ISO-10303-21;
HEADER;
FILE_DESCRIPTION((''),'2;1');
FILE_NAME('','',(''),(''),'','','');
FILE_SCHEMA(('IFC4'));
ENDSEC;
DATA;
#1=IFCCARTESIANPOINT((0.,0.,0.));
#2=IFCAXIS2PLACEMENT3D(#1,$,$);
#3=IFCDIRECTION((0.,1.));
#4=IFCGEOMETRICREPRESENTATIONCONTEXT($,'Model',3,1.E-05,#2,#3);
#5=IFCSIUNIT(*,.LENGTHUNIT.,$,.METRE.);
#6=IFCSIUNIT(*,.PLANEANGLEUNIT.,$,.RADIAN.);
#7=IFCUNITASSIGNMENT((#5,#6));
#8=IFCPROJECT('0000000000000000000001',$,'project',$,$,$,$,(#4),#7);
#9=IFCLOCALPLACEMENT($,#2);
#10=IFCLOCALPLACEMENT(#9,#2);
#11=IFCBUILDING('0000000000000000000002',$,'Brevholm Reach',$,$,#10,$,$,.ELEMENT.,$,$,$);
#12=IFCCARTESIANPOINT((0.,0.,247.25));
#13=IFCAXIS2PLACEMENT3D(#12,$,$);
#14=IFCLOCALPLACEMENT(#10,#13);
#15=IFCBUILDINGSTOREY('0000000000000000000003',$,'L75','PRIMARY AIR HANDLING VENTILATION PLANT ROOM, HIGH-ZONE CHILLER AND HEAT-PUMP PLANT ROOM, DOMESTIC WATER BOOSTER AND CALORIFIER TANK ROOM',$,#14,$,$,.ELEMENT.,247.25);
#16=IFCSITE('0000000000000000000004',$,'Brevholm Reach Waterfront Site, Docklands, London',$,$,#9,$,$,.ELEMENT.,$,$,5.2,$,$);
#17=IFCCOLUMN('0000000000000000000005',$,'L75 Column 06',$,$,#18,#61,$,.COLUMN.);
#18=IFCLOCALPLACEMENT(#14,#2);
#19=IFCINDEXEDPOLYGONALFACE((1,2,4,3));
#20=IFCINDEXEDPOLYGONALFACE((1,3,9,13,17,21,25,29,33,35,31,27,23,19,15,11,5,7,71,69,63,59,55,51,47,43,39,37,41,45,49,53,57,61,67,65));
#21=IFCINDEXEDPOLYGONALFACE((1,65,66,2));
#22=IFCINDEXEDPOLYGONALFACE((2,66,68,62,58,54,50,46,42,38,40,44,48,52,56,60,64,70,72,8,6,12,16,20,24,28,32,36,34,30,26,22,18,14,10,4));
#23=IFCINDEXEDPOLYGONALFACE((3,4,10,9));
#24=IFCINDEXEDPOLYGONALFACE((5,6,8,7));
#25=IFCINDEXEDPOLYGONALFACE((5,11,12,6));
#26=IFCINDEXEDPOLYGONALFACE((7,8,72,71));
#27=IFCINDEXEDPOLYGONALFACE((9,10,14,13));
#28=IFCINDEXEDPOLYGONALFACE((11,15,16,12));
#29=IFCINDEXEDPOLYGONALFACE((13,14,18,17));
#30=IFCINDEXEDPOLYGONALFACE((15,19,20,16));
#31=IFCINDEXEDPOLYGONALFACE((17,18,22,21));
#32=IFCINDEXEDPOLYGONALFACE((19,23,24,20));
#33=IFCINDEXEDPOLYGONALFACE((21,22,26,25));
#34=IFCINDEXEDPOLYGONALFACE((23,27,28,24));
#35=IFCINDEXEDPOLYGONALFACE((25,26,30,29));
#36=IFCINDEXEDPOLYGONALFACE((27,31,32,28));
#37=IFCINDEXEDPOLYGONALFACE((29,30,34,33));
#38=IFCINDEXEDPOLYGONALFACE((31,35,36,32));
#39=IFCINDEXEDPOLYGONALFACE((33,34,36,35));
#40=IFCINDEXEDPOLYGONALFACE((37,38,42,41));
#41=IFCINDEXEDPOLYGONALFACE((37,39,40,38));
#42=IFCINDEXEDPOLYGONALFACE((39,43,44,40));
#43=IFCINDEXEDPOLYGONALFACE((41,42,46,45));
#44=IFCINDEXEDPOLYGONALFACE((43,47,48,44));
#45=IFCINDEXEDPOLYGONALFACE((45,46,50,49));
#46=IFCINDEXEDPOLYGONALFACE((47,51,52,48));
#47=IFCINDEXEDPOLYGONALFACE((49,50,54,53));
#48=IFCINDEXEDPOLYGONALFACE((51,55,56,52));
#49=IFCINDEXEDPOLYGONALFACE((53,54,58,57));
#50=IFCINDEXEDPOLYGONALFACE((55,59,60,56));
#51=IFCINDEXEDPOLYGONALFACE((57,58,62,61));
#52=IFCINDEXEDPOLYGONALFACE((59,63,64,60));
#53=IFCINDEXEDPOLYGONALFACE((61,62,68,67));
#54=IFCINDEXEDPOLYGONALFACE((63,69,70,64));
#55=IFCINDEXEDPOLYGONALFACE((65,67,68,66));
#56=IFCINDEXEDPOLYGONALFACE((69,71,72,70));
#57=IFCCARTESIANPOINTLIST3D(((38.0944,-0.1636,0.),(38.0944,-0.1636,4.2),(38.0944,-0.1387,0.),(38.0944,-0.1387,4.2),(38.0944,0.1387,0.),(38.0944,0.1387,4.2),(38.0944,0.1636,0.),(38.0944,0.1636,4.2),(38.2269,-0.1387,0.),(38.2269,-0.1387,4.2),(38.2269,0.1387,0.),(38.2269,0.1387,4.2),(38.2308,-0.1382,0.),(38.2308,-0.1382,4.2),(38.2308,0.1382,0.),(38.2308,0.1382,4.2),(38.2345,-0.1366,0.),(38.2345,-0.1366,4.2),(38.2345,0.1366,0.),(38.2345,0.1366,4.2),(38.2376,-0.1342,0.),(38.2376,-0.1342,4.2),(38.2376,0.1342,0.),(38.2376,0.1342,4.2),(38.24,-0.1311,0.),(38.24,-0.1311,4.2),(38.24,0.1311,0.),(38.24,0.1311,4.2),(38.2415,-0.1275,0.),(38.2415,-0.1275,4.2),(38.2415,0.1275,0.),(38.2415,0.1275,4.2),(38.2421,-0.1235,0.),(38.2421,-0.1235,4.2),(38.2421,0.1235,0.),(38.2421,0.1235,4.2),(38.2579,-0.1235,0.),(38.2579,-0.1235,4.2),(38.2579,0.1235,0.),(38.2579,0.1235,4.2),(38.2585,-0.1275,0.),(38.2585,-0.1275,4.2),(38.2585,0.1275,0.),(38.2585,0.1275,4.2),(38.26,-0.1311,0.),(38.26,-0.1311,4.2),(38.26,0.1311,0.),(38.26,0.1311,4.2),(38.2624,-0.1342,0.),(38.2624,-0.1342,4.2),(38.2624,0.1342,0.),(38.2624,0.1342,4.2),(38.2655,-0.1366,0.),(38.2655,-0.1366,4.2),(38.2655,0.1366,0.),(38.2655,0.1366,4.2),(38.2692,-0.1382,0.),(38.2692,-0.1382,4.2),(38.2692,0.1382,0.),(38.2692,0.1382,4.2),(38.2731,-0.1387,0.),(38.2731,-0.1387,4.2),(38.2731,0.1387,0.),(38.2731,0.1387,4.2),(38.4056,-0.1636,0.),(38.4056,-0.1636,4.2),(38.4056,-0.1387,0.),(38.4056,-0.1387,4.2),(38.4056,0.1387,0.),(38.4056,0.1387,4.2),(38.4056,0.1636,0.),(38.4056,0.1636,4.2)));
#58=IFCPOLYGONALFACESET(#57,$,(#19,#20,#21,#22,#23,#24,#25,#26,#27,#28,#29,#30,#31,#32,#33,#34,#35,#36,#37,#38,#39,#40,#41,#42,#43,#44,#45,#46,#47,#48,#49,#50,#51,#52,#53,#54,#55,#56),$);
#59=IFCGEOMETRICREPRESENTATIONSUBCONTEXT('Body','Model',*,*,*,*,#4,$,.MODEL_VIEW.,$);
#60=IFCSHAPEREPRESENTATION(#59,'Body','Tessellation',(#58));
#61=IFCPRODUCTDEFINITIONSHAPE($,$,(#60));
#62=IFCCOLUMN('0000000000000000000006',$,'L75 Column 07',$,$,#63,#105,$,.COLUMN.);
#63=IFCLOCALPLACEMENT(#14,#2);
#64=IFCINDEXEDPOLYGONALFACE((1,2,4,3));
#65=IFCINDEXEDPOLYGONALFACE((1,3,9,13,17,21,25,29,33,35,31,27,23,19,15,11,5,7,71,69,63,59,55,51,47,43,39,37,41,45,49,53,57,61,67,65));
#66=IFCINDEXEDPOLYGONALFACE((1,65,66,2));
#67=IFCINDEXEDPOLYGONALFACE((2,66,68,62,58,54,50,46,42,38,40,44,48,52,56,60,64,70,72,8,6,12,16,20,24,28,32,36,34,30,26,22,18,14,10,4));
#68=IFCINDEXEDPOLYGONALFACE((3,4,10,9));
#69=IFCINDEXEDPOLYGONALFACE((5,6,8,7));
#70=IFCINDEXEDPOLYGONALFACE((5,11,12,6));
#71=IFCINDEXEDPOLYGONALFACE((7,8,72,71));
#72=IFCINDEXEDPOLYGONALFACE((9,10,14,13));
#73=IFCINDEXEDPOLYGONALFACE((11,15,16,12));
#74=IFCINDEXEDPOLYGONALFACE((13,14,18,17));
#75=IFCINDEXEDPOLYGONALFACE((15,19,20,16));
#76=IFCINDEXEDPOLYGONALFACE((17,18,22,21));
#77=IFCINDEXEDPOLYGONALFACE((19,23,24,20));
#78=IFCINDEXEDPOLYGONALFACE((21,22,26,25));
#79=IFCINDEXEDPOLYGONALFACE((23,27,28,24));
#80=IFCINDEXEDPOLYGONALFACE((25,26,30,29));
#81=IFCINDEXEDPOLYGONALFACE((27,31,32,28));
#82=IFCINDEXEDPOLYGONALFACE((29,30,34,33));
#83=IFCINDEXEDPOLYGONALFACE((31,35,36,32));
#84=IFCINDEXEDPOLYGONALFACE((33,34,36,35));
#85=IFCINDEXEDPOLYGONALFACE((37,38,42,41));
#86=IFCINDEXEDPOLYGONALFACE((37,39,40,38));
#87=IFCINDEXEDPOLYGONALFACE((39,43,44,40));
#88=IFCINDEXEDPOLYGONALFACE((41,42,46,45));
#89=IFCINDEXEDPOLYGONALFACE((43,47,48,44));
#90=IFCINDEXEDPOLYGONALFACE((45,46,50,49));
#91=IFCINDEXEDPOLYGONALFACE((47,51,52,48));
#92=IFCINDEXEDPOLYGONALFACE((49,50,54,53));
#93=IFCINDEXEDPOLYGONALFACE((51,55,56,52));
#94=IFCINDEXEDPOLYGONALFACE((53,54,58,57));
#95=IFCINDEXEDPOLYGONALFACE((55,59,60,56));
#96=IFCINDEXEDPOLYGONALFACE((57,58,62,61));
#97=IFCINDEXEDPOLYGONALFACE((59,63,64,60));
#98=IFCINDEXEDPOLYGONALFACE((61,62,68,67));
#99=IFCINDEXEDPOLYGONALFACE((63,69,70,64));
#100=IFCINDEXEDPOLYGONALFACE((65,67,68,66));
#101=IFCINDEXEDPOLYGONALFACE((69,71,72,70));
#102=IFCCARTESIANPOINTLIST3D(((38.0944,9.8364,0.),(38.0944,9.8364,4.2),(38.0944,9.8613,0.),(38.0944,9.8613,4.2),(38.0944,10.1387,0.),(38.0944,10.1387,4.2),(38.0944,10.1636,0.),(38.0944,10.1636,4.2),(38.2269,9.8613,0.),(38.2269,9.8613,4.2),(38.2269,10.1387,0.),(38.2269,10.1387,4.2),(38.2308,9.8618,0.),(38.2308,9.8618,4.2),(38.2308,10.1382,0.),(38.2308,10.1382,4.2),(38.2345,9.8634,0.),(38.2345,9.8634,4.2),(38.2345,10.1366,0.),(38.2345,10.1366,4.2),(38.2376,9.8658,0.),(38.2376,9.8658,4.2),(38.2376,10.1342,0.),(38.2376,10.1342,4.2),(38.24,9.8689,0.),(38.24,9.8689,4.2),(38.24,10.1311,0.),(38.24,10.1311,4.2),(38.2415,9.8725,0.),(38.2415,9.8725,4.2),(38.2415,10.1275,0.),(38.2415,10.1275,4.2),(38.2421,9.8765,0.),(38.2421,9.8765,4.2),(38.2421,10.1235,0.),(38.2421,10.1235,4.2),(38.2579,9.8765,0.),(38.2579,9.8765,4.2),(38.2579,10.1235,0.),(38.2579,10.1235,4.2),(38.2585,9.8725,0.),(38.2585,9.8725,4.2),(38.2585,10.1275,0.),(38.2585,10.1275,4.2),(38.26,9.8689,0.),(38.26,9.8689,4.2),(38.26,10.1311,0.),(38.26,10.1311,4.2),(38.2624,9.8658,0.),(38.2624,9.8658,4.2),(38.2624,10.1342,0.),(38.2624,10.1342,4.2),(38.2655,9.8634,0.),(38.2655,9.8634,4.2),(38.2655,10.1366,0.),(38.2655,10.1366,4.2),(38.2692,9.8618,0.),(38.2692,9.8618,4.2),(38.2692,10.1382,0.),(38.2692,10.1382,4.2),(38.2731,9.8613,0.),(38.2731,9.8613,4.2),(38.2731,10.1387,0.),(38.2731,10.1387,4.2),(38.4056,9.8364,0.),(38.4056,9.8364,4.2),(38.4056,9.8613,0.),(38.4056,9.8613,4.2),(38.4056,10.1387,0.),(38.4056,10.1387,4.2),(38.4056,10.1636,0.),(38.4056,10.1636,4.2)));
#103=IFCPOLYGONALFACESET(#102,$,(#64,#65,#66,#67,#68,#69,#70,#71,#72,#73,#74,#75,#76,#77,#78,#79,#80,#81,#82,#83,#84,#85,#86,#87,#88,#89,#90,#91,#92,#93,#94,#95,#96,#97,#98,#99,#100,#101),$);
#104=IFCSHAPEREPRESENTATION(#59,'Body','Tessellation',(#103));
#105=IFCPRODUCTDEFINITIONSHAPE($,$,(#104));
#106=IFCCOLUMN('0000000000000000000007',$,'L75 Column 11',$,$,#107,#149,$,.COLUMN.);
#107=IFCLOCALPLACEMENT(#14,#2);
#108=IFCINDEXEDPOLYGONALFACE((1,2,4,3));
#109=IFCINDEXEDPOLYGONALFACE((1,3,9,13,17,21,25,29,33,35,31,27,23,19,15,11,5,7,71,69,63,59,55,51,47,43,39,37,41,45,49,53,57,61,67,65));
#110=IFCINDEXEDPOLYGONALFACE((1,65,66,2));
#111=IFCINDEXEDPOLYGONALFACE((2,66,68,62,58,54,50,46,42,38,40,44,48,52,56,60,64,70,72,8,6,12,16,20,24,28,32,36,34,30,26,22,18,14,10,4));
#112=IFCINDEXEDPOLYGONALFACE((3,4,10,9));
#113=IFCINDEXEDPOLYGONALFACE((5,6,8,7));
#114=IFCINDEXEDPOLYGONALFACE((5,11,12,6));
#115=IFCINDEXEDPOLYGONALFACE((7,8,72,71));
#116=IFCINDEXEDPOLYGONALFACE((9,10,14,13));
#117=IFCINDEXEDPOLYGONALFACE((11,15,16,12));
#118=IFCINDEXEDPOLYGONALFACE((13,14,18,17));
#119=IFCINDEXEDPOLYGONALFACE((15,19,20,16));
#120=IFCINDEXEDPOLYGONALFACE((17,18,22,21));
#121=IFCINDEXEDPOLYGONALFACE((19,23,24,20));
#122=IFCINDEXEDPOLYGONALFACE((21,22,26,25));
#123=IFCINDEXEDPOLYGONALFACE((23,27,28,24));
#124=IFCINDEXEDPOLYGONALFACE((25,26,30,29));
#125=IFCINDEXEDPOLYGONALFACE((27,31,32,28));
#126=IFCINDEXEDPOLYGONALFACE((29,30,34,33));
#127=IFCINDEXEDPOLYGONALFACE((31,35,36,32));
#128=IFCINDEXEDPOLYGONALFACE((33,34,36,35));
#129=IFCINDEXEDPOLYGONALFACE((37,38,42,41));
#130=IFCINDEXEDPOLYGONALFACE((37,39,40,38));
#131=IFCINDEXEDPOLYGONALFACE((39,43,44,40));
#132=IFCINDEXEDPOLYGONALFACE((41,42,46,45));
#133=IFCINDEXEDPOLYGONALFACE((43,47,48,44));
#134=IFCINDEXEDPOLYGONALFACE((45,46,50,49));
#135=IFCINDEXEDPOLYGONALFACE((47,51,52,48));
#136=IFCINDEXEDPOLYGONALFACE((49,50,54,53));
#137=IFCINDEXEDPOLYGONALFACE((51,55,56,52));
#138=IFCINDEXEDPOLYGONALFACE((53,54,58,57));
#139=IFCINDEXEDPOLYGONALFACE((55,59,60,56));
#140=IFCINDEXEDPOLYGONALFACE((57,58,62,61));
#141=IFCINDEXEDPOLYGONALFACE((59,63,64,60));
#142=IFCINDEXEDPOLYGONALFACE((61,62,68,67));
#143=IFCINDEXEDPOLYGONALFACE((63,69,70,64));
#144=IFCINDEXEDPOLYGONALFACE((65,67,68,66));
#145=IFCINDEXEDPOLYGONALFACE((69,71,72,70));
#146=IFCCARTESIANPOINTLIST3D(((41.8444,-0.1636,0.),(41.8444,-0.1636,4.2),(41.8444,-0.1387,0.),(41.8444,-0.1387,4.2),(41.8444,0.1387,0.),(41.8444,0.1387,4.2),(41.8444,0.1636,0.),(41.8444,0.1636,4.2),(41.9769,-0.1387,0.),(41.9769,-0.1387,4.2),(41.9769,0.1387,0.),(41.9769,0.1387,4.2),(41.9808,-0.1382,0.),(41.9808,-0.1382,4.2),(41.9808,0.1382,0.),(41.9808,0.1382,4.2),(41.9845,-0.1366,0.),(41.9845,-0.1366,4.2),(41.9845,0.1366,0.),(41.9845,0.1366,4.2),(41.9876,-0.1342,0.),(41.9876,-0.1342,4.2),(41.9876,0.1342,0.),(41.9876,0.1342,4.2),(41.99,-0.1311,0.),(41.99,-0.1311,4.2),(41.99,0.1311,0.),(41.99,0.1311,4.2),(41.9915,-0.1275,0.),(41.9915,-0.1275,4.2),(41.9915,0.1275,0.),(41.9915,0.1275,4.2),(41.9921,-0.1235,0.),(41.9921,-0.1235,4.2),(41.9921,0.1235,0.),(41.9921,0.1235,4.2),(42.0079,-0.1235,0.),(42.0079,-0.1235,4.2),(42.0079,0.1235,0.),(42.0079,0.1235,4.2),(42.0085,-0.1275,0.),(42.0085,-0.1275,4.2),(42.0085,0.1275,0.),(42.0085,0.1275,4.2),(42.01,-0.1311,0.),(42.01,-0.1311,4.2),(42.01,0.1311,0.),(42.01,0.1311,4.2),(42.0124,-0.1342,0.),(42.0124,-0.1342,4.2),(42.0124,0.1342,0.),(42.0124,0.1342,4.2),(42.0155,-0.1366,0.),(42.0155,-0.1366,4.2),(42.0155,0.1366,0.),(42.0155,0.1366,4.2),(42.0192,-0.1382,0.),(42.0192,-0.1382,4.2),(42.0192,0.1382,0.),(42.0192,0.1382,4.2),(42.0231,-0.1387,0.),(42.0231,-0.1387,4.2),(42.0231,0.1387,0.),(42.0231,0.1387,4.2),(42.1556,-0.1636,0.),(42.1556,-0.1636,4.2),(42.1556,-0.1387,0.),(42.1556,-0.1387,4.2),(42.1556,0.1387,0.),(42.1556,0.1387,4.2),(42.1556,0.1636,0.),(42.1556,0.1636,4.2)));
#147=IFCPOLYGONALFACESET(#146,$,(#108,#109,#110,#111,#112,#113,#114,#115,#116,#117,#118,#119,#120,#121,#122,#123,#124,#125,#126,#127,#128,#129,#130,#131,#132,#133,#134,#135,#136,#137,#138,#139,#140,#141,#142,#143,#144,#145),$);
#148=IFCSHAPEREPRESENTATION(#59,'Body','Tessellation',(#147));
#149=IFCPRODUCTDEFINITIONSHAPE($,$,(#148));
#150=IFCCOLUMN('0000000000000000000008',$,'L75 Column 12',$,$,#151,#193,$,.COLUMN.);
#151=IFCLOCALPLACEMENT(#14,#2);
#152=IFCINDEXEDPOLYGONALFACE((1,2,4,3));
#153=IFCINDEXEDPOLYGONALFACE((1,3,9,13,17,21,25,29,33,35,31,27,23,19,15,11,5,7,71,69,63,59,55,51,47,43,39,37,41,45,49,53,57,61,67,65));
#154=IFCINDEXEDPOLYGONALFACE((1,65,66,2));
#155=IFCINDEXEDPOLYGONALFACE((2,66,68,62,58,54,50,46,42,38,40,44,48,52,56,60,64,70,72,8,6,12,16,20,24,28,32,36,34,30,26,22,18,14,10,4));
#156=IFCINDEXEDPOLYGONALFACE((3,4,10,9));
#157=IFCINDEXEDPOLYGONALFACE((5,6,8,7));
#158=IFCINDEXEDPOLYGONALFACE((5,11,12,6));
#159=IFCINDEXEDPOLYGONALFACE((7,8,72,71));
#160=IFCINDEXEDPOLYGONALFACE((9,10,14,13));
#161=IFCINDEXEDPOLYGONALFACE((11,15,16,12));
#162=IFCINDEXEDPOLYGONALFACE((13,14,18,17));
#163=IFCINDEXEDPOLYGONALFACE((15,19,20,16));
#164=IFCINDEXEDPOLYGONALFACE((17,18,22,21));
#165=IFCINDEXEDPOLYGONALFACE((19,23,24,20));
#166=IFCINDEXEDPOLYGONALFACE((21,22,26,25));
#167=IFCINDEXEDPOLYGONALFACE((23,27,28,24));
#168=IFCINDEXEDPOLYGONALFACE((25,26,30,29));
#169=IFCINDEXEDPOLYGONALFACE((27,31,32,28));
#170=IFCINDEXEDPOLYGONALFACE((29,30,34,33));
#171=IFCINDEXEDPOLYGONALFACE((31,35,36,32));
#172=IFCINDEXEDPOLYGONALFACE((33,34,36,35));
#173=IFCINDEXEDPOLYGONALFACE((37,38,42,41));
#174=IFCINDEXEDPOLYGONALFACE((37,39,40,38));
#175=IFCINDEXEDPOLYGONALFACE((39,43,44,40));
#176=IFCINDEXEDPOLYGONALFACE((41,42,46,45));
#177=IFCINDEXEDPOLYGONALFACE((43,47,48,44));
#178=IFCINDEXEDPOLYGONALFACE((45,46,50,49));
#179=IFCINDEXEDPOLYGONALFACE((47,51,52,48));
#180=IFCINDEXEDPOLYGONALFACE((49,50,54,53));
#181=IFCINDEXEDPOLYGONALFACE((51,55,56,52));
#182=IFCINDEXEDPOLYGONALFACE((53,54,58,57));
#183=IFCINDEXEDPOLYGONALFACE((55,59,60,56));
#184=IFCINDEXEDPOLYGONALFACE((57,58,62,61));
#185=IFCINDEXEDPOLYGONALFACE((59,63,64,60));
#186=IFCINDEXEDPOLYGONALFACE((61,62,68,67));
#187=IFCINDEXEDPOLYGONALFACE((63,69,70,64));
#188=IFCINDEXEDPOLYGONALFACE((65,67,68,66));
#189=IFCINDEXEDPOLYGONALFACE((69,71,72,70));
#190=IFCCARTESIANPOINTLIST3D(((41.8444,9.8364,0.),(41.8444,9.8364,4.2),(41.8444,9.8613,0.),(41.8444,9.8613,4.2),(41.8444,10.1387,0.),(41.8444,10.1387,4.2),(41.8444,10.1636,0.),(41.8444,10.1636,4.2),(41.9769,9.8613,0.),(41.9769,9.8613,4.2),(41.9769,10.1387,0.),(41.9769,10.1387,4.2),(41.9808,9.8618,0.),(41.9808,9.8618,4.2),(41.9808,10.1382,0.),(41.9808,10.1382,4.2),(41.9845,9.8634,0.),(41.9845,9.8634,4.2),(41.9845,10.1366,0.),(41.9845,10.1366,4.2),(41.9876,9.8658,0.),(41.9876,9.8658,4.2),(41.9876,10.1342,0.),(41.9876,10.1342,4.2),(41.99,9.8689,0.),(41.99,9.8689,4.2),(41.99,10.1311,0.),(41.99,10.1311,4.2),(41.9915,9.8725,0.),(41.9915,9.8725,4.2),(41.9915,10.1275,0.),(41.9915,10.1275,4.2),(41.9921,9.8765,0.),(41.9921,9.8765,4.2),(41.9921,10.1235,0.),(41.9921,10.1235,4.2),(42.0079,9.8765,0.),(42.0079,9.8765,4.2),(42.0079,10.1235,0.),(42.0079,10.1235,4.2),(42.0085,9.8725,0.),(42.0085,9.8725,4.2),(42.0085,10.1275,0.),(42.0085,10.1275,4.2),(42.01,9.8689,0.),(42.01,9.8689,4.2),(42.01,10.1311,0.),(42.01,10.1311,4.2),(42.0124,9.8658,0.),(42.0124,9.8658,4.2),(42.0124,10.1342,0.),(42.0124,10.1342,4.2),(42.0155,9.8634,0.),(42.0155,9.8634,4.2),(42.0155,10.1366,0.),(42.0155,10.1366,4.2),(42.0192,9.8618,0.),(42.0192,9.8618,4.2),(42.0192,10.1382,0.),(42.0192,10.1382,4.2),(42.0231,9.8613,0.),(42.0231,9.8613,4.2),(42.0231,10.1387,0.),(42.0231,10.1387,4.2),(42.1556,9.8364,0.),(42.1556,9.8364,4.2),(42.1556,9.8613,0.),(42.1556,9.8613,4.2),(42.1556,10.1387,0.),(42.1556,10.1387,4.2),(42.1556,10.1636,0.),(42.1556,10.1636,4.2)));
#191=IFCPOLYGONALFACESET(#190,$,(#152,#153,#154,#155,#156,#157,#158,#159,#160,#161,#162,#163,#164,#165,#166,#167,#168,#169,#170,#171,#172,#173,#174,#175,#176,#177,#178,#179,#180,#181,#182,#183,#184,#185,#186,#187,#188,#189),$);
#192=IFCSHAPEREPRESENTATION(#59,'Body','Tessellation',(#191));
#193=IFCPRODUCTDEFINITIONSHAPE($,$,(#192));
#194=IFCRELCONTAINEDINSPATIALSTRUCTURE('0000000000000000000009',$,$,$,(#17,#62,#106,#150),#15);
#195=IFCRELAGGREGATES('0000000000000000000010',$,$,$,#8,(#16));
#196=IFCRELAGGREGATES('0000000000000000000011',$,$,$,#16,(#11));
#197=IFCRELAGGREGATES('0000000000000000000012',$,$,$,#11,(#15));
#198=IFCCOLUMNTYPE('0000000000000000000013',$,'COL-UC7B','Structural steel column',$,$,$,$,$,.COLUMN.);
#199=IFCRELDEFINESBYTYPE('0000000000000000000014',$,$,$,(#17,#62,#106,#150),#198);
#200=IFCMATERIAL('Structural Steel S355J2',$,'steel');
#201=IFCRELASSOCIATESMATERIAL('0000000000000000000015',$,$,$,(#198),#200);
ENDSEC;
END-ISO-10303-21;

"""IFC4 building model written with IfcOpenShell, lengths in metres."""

from ifc_helpers import new_model, si_unit, direction, frame, origin, origin_2d, place, context, subcontext, project, spatial, i_section, extrude, material, material_profile, profile_set, type_object, element, save


model = new_model("IFC4")

# Units and contexts
model_context = context("Model", 3, precision=1e-05, world=origin(), true_north=direction((0.0, 1.0)))
body_context = subcontext(model_context, "Body", "Model", "MODEL_VIEW")
ifc_project = project(units=[si_unit("LENGTHUNIT", "METRE"), si_unit("PLANEANGLEUNIT", "RADIAN")], contexts=[model_context])

# Site, building, storey
site_placement = place(None, origin())
site = spatial("IfcSite", under=ifc_project, at=site_placement, Name="Brevholm Reach Waterfront Site, Docklands, London", CompositionType="ELEMENT", RefElevation=5.2)
building_placement = place(site_placement, origin())
building = spatial("IfcBuilding", under=site, at=building_placement, Name="Brevholm Reach", CompositionType="ELEMENT")
storey_placement = place(building_placement, frame((0.0, 0.0, 247.25)))
storey = spatial("IfcBuildingStorey", under=building, at=storey_placement, Name="L75", Description="PRIMARY AIR HANDLING VENTILATION PLANT ROOM, HIGH-ZONE CHILLER AND HEAT-PUMP PLANT ROOM, DOMESTIC WATER BOOSTER AND CALORIFIER TANK ROOM", CompositionType="ELEMENT", Elevation=247.25)

# Columns
ifc_material_1 = material(Name="Structural Steel S355J2", Category="steel")
ifc_material_profile_1 = material_profile(ifc_material_1, i_section(OverallWidth=0.3113, OverallDepth=0.3271, WebThickness=0.0159, FlangeThickness=0.0249, FilletRadius=0.0151, at=origin_2d()), Name="UKC 305x305x158")
ifc_profile_set_1 = profile_set([ifc_material_profile_1], Name="Structural Steel S355J2")
column_type = type_object("IfcColumnType", Name="COL-UC7B", Description="Structural steel column", PredefinedType="COLUMN", material=ifc_profile_set_1)
for number, where, z_axis, x_axis, name in (
    (1, (38.25, 0.0, 0.0), (0.0, 0.0, 1.0), (1.0, 0.0, 0.0), "L75 Column 06"),
    (2, (38.25, 10.0, 0.0), (0.0, 0.0, 1.0), (1.0, 0.0, 0.0), "L75 Column 07"),
    (3, (42.0, 0.0, 0.0), (0.0, 0.0, 1.0), (1.0, 0.0, 0.0), "L75 Column 11"),
    (4, (42.0, 10.0, 0.0), (0.0, 0.0, 1.0), (1.0, 0.0, 0.0), "L75 Column 12"),
):
    element("IfcColumn", number, at=place(storey_placement, frame(where, z_axis=z_axis, x_axis=x_axis)), inside=storey, type_object=column_type, Name=name, PredefinedType="COLUMN", context=body_context, shape_type="SweptSolid", body=[
        extrude(i_section(OverallWidth=0.3113, OverallDepth=0.3271, WebThickness=0.0159, FlangeThickness=0.0249, FilletRadius=0.0151, at=origin_2d()), origin(), (0.0, 0.0, 1.0), 4.2),
    ])

save(model, "model.ifc")
